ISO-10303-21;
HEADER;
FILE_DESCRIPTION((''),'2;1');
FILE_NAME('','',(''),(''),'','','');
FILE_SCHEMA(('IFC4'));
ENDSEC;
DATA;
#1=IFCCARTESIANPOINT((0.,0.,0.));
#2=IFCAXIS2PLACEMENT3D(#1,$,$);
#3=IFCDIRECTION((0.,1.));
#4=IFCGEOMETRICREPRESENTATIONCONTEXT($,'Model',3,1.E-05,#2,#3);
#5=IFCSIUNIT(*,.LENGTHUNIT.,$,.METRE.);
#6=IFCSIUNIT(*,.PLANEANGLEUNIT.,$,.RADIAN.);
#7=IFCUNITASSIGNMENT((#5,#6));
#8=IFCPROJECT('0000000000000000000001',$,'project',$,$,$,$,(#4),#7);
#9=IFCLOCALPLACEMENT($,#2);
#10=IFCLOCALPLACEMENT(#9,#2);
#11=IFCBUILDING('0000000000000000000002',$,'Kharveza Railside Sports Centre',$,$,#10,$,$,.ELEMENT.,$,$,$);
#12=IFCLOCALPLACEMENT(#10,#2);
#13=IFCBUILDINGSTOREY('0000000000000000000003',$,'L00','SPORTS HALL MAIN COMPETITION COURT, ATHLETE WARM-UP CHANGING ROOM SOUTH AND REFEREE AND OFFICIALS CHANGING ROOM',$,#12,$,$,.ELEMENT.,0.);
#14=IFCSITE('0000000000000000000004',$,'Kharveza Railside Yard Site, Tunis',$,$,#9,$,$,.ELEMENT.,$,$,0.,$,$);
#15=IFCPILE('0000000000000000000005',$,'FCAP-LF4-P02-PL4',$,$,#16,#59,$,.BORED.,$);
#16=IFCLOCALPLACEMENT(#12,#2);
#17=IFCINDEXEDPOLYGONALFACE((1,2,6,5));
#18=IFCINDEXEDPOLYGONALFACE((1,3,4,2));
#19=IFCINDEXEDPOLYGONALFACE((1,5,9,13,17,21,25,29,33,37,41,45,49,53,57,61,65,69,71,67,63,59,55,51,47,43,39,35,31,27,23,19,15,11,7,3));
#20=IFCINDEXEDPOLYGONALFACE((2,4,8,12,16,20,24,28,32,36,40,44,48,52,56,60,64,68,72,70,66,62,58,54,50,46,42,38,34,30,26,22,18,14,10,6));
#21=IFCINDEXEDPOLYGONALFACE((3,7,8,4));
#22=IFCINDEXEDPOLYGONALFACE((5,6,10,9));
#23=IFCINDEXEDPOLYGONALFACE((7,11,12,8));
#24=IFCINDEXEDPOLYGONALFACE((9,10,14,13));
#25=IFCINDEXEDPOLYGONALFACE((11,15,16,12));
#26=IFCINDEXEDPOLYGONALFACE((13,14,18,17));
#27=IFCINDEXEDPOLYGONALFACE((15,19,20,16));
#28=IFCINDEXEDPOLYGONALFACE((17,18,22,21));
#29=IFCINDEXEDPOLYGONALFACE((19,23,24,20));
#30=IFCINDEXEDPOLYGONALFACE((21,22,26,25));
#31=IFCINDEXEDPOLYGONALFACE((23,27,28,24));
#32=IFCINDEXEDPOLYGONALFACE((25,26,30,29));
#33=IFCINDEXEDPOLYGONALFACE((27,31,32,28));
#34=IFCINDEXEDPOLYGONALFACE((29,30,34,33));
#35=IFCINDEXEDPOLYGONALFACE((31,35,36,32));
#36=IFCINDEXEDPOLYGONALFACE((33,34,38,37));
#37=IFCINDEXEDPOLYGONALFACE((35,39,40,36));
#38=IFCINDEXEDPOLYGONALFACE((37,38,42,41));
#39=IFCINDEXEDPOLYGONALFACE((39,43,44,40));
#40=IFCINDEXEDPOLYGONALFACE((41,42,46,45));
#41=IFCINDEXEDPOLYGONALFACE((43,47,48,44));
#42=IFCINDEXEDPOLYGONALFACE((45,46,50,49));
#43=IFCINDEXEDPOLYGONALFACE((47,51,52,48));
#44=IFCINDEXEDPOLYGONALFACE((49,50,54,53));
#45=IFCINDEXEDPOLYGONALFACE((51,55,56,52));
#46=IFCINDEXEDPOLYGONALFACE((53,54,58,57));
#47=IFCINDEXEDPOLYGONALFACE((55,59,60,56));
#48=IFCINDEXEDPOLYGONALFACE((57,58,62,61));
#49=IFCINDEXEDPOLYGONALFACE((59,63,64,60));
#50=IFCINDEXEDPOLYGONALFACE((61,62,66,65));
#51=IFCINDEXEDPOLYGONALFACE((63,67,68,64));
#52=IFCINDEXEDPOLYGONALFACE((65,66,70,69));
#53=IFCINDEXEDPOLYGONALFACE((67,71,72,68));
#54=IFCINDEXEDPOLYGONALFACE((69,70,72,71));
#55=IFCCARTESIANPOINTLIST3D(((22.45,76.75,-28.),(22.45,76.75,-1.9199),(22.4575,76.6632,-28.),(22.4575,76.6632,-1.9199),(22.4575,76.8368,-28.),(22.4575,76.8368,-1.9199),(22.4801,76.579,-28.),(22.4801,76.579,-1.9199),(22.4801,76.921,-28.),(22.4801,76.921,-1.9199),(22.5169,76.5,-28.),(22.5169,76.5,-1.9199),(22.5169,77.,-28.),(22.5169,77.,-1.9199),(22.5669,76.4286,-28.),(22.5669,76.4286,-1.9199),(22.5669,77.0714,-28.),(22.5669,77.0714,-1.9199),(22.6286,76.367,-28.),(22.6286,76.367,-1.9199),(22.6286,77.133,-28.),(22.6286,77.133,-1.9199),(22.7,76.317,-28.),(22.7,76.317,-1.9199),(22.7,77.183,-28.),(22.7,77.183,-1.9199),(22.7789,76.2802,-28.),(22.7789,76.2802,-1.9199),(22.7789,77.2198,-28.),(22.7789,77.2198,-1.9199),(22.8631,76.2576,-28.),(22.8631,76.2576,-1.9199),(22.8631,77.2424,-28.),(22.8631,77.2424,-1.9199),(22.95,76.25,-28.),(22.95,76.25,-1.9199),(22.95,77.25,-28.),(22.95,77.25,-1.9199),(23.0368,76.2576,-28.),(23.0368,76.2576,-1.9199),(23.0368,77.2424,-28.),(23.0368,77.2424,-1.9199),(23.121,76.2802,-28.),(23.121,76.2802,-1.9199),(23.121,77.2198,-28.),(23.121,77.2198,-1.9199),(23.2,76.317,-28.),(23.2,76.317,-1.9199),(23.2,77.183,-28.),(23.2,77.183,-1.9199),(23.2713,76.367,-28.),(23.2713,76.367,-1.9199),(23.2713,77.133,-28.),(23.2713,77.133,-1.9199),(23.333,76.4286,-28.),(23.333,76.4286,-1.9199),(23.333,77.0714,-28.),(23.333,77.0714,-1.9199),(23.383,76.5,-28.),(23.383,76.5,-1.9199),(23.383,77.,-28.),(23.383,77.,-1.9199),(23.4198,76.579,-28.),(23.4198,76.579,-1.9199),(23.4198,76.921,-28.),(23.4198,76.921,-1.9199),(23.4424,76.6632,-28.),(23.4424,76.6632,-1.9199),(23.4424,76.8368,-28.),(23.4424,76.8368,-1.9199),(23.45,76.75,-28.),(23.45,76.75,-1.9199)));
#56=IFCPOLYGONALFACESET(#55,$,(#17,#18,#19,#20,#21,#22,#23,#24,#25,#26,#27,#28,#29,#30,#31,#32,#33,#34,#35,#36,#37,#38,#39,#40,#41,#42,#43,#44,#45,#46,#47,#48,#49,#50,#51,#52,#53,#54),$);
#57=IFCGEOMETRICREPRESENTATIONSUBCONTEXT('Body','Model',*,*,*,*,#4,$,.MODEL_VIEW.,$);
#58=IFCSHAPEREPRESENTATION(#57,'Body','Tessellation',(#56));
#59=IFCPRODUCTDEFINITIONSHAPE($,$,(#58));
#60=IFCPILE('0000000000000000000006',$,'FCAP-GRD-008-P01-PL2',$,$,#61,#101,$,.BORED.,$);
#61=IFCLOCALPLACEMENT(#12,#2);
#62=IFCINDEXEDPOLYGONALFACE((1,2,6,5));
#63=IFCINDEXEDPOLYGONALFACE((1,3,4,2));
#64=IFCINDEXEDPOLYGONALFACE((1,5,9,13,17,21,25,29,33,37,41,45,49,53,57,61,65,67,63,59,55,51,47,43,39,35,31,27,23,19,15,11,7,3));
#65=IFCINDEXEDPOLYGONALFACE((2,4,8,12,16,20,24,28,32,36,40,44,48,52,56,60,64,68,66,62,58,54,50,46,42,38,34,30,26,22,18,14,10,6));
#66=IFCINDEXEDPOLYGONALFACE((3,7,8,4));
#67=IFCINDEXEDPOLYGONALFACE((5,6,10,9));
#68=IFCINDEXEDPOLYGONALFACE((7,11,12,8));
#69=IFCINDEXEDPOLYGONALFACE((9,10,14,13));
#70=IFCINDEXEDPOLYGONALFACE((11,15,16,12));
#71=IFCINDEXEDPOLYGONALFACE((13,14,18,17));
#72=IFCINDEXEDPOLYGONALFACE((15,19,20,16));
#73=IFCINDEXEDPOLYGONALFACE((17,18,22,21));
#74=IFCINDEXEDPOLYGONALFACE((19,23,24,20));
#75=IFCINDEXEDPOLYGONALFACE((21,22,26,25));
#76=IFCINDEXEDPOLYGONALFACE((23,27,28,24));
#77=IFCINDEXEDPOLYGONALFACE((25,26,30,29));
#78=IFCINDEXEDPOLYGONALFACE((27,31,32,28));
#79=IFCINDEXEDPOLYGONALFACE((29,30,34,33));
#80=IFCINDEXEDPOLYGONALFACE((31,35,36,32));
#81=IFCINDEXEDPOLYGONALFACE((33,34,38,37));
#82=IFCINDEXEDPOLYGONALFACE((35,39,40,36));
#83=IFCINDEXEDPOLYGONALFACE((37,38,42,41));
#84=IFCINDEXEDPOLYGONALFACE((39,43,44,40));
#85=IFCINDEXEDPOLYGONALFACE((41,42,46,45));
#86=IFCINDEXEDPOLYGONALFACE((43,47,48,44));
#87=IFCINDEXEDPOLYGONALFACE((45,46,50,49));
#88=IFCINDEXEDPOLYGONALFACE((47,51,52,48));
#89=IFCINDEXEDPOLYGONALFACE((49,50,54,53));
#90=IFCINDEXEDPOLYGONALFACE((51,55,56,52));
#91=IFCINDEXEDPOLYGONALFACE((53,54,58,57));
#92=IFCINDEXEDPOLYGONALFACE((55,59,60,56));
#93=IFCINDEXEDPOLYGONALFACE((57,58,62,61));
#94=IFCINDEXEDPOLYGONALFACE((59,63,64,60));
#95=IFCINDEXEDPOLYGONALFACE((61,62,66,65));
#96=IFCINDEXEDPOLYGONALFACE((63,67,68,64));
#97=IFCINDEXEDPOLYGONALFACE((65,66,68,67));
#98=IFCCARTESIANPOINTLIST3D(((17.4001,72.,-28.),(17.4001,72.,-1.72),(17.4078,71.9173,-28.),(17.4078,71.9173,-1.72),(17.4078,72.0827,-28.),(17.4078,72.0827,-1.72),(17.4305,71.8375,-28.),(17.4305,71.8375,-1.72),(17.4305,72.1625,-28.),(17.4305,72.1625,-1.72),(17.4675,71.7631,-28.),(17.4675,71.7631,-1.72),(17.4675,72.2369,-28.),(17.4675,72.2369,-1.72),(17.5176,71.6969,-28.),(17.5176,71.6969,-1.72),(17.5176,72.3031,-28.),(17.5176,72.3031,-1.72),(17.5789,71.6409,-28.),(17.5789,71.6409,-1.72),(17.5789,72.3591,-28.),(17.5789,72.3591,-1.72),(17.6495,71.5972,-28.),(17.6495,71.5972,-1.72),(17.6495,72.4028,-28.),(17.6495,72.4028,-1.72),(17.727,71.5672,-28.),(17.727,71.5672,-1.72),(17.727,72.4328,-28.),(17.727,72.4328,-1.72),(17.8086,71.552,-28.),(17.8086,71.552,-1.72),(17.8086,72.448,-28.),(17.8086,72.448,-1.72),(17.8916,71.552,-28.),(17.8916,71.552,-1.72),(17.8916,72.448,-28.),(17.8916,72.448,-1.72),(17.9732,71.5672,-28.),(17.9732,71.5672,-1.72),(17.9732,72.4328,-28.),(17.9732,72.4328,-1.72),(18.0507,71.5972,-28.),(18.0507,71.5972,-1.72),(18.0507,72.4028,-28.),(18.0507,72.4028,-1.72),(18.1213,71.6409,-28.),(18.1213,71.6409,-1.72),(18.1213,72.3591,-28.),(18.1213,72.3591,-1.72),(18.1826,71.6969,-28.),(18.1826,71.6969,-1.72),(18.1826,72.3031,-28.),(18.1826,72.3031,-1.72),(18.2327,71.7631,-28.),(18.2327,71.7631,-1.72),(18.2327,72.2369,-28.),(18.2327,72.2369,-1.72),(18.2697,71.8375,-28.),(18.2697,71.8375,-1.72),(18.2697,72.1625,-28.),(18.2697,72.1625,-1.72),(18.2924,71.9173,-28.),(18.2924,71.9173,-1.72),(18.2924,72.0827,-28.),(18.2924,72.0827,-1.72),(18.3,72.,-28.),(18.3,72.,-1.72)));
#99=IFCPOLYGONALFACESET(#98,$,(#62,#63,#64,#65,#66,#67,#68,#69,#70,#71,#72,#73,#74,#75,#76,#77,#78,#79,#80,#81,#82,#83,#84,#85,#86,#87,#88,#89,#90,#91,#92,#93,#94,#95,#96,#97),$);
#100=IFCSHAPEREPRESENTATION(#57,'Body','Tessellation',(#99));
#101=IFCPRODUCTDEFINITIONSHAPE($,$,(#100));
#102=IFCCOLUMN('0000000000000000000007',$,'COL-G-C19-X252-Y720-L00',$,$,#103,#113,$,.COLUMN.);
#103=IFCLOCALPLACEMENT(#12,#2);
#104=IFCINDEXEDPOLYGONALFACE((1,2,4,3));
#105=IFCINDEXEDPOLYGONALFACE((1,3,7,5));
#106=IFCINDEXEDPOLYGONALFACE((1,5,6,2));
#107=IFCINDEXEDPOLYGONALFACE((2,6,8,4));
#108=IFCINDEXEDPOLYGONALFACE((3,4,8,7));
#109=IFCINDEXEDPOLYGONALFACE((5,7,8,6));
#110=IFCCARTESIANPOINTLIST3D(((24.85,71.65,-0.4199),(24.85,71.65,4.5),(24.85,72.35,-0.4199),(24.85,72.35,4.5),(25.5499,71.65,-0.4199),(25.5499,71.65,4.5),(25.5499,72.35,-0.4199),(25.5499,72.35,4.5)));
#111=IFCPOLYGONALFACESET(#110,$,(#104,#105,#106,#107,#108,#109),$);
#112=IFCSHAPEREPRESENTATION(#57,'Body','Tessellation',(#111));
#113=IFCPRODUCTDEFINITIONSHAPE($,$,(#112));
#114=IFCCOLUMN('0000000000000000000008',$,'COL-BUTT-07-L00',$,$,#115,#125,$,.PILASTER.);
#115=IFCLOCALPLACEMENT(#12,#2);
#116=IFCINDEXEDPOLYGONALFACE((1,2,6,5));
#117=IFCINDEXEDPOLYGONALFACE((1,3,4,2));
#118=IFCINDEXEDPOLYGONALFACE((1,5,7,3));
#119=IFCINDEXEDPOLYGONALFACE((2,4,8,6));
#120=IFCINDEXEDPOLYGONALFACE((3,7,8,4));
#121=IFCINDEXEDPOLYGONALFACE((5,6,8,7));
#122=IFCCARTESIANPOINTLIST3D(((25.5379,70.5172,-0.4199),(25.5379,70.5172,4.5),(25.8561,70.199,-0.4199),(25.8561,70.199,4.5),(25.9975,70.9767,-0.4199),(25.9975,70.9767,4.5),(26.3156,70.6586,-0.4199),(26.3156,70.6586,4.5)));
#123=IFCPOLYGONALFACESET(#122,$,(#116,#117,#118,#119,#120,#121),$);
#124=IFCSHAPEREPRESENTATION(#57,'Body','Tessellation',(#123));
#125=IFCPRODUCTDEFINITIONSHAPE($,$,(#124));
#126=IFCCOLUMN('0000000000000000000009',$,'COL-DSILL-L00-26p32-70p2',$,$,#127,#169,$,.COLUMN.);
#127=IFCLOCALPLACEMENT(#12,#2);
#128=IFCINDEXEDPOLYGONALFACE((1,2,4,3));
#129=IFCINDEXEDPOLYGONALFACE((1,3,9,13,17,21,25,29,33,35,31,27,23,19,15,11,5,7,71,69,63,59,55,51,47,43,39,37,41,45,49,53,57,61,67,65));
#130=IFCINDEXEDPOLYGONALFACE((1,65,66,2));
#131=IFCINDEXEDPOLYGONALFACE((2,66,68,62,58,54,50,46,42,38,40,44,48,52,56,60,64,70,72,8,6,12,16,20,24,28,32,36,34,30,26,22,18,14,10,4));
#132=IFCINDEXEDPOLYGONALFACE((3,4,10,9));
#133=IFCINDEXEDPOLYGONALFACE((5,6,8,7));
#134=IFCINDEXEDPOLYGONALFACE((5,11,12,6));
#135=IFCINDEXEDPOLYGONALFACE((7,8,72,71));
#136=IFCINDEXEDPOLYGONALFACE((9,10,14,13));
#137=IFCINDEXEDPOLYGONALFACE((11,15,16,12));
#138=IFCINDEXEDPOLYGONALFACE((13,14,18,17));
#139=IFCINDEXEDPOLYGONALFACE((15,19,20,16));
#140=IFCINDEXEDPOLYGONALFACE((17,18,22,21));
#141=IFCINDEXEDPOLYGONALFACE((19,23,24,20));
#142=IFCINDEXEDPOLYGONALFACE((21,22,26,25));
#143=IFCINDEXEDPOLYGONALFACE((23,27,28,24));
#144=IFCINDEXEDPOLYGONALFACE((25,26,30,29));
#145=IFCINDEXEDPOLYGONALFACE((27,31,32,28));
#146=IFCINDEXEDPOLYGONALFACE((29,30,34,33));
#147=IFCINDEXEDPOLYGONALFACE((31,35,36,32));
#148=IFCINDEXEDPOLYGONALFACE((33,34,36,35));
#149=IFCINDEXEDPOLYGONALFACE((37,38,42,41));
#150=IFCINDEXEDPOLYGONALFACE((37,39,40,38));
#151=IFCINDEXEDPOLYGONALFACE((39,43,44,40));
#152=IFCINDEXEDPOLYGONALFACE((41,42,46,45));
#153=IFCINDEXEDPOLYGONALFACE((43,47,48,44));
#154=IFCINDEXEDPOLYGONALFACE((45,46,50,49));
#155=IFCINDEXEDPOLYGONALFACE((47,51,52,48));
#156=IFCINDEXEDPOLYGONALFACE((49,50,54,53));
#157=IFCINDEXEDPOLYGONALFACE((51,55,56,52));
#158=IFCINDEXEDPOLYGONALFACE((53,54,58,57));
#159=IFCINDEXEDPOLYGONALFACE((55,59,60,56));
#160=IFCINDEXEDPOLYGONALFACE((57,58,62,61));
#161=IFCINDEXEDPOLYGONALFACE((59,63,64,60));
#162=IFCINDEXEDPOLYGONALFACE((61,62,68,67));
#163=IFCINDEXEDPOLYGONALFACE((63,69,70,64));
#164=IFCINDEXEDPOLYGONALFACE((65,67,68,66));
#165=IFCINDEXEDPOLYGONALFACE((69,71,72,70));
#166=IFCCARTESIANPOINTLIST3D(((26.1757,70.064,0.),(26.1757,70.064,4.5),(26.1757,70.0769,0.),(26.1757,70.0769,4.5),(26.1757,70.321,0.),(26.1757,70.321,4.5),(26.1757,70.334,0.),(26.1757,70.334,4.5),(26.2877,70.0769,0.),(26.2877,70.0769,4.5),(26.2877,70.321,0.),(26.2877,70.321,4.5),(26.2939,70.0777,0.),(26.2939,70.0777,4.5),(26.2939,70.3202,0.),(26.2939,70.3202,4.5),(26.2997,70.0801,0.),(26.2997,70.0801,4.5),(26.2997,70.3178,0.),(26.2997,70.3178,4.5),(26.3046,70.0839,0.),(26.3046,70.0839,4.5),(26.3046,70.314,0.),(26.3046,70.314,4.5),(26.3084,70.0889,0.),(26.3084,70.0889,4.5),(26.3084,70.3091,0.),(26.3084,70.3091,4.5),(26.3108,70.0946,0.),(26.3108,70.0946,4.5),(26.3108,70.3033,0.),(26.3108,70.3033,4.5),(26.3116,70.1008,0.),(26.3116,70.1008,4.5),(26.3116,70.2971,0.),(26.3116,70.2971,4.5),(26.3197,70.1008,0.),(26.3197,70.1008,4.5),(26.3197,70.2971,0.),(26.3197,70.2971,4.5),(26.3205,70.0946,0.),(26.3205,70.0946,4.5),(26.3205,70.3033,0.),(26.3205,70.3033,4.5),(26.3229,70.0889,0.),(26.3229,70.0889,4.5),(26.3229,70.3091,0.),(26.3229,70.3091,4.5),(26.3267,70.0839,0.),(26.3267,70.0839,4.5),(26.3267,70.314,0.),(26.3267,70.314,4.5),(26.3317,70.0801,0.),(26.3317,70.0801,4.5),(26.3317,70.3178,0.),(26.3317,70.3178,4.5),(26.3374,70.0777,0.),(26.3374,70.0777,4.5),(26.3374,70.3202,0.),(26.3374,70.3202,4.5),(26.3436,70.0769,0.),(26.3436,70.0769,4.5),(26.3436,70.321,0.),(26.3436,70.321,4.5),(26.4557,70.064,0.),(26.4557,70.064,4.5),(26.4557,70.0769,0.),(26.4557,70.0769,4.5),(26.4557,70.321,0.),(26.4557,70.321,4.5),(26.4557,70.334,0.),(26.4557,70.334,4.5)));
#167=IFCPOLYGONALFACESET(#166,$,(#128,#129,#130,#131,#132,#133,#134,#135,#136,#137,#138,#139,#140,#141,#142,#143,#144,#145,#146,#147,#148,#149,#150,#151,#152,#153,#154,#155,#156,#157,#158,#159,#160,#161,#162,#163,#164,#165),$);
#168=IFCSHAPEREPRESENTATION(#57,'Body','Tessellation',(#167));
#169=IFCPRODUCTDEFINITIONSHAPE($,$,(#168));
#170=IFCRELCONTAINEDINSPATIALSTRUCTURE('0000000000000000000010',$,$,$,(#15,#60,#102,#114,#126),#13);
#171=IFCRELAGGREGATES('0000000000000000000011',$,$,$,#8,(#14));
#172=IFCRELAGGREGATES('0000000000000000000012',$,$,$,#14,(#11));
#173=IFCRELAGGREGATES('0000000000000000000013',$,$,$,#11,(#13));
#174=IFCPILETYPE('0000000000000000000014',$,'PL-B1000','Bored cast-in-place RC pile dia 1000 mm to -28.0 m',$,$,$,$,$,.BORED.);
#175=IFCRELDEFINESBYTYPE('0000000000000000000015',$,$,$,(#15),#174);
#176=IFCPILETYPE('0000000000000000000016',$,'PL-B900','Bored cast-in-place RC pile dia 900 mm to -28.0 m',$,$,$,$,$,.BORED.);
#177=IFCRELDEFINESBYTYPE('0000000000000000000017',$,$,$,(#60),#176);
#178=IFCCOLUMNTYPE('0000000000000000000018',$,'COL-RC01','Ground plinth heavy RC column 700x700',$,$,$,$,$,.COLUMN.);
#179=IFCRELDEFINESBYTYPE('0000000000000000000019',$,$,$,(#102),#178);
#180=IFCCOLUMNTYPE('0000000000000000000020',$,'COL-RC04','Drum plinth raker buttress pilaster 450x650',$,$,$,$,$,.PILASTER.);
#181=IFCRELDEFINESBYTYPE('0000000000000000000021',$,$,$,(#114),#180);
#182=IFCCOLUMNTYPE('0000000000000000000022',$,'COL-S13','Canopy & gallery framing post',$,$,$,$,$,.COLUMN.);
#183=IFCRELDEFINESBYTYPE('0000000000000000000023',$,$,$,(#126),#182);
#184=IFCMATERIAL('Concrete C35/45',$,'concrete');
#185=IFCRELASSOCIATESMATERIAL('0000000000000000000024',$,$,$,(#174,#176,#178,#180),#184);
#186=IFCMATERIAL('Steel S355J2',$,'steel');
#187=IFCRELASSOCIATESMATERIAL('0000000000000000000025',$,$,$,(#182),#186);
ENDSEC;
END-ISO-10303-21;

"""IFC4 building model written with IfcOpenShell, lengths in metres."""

from ifc_helpers import new_model, si_unit, direction, frame, origin, origin_2d, place, context, subcontext, project, spatial, rectangle, circle, i_section, extrude, material, material_profile, profile_set, type_object, element, save


model = new_model("IFC4")

# Units and contexts
model_context = context("Model", 3, precision=1e-05, world=origin(), true_north=direction((0.0, 1.0)))
body_context = subcontext(model_context, "Body", "Model", "MODEL_VIEW")
ifc_project = project(units=[si_unit("LENGTHUNIT", "METRE"), si_unit("PLANEANGLEUNIT", "RADIAN")], contexts=[model_context])

# Site, building, storey
site_placement = place(None, origin())
site = spatial("IfcSite", under=ifc_project, at=site_placement, Name="Kharveza Railside Yard Site, Tunis", CompositionType="ELEMENT", RefElevation=0.0)
building_placement = place(site_placement, origin())
building = spatial("IfcBuilding", under=site, at=building_placement, Name="Kharveza Railside Sports Centre", CompositionType="ELEMENT")
storey_placement = place(building_placement, origin())
storey = spatial("IfcBuildingStorey", under=building, at=storey_placement, Name="L00", Description="SPORTS HALL MAIN COMPETITION COURT, ATHLETE WARM-UP CHANGING ROOM SOUTH AND REFEREE AND OFFICIALS CHANGING ROOM", CompositionType="ELEMENT", Elevation=0.0)

# Shared definitions
ifc_material_1 = material(Name="Concrete C35/45", Category="concrete")

# Piles
ifc_material_profile_1 = material_profile(ifc_material_1, circle(Radius=0.5, at=origin_2d()), Name="PILE D1000")
ifc_profile_set_1 = profile_set([ifc_material_profile_1], Name="Concrete C35/45")
pile_type_1 = type_object("IfcPileType", Name="PL-B1000", Description="Bored cast-in-place RC pile dia 1000 mm to -28.0 m", PredefinedType="BORED", material=ifc_profile_set_1)
for number, where, z_axis, x_axis, name in (
    (1, (22.95, 76.75, -1.9199), (0.0, 0.0, -1.0), (1.0, 0.0, 0.0), "FCAP-LF4-P02-PL4"),
):
    element("IfcPile", number, at=place(storey_placement, frame(where, z_axis=z_axis, x_axis=x_axis)), inside=storey, type_object=pile_type_1, Name=name, PredefinedType="BORED", context=body_context, shape_type="SweptSolid", body=[
        extrude(circle(Radius=0.5, at=origin_2d()), origin(), (0.0, 0.0, 1.0), 26.0801),
    ])
ifc_material_profile_2 = material_profile(ifc_material_1, circle(Radius=0.45, at=origin_2d()), Name="PILE D900")
ifc_profile_set_2 = profile_set([ifc_material_profile_2], Name="Concrete C35/45")
pile_type_2 = type_object("IfcPileType", Name="PL-B900", Description="Bored cast-in-place RC pile dia 900 mm to -28.0 m", PredefinedType="BORED", material=ifc_profile_set_2)
pile_placement = place(storey_placement, frame((17.8501, 72.0, -1.72), z_axis=(0.0, 0.0, -1.0), x_axis=(1.0, 0.0, 0.0)))
element("IfcPile", 2, at=pile_placement, inside=storey, type_object=pile_type_2, Name="FCAP-GRD-008-P01-PL2", PredefinedType="BORED", context=body_context, shape_type="SweptSolid", body=[
    extrude(circle(Radius=0.45, at=origin_2d()), origin(), (0.0, 0.0, 1.0), 26.28),
])

# Columns
ifc_material_profile_3 = material_profile(ifc_material_1, rectangle(XDim=0.7, YDim=0.7, at=origin_2d()), Name="RC 700x700")
ifc_profile_set_3 = profile_set([ifc_material_profile_3], Name="Concrete C35/45")
column_type_1 = type_object("IfcColumnType", Name="COL-RC01", Description="Ground plinth heavy RC column 700x700", PredefinedType="COLUMN", material=ifc_profile_set_3)
column_1_placement = place(storey_placement, frame((25.2, 72.0, -0.4199), z_axis=(0.0, 0.0, 1.0), x_axis=(1.0, 0.0, 0.0)))
element("IfcColumn", 3, at=column_1_placement, inside=storey, type_object=column_type_1, Name="COL-G-C19-X252-Y720-L00", PredefinedType="COLUMN", context=body_context, shape_type="SweptSolid", body=[
    extrude(rectangle(XDim=0.7, YDim=0.7, at=origin_2d()), origin(), (0.0, 0.0, 1.0), 4.9199),
])
ifc_material_profile_4 = material_profile(ifc_material_1, rectangle(XDim=0.45, YDim=0.6499, at=origin_2d()), Name="RC 450x650")
ifc_profile_set_4 = profile_set([ifc_material_profile_4], Name="Concrete C35/45")
column_type_2 = type_object("IfcColumnType", Name="COL-RC04", Description="Drum plinth raker buttress pilaster 450x650", PredefinedType="PILASTER", material=ifc_profile_set_4)
column_2_placement = place(storey_placement, frame((25.9268, 70.5879, -0.4199), z_axis=(0.0, 0.0, 1.0), x_axis=(-0.707107, 0.707107, 0.0)))
element("IfcColumn", 4, at=column_2_placement, inside=storey, type_object=column_type_2, Name="COL-BUTT-07-L00", PredefinedType="PILASTER", context=body_context, shape_type="SweptSolid", body=[
    extrude(rectangle(XDim=0.45, YDim=0.6499, at=origin_2d()), origin(), (0.0, 0.0, 1.0), 4.9199),
])
ifc_material_2 = material(Name="Steel S355J2", Category="steel")
ifc_material_profile_5 = material_profile(ifc_material_2, i_section(OverallWidth=0.28, OverallDepth=0.27, WebThickness=0.0081, FlangeThickness=0.0129, FilletRadius=0.0239, at=origin_2d()), Name="HEA 280")
ifc_profile_set_5 = profile_set([ifc_material_profile_5], Name="Steel S355J2")
column_type_3 = type_object("IfcColumnType", Name="COL-S13", Description="Canopy & gallery framing post", PredefinedType="COLUMN", material=ifc_profile_set_5)
column_3_placement = place(storey_placement, frame((26.3157, 70.199, 0.0), z_axis=(0.0, 0.0, 1.0), x_axis=(1.0, 0.0, 0.0)))
element("IfcColumn", 5, at=column_3_placement, inside=storey, type_object=column_type_3, Name="COL-DSILL-L00-26p32-70p2", PredefinedType="COLUMN", context=body_context, shape_type="SweptSolid", body=[
    extrude(i_section(OverallWidth=0.28, OverallDepth=0.27, WebThickness=0.0081, FlangeThickness=0.0129, FilletRadius=0.0239, at=origin_2d()), origin(), (0.0, 0.0, 1.0), 4.5),
])

save(model, "model.ifc")
